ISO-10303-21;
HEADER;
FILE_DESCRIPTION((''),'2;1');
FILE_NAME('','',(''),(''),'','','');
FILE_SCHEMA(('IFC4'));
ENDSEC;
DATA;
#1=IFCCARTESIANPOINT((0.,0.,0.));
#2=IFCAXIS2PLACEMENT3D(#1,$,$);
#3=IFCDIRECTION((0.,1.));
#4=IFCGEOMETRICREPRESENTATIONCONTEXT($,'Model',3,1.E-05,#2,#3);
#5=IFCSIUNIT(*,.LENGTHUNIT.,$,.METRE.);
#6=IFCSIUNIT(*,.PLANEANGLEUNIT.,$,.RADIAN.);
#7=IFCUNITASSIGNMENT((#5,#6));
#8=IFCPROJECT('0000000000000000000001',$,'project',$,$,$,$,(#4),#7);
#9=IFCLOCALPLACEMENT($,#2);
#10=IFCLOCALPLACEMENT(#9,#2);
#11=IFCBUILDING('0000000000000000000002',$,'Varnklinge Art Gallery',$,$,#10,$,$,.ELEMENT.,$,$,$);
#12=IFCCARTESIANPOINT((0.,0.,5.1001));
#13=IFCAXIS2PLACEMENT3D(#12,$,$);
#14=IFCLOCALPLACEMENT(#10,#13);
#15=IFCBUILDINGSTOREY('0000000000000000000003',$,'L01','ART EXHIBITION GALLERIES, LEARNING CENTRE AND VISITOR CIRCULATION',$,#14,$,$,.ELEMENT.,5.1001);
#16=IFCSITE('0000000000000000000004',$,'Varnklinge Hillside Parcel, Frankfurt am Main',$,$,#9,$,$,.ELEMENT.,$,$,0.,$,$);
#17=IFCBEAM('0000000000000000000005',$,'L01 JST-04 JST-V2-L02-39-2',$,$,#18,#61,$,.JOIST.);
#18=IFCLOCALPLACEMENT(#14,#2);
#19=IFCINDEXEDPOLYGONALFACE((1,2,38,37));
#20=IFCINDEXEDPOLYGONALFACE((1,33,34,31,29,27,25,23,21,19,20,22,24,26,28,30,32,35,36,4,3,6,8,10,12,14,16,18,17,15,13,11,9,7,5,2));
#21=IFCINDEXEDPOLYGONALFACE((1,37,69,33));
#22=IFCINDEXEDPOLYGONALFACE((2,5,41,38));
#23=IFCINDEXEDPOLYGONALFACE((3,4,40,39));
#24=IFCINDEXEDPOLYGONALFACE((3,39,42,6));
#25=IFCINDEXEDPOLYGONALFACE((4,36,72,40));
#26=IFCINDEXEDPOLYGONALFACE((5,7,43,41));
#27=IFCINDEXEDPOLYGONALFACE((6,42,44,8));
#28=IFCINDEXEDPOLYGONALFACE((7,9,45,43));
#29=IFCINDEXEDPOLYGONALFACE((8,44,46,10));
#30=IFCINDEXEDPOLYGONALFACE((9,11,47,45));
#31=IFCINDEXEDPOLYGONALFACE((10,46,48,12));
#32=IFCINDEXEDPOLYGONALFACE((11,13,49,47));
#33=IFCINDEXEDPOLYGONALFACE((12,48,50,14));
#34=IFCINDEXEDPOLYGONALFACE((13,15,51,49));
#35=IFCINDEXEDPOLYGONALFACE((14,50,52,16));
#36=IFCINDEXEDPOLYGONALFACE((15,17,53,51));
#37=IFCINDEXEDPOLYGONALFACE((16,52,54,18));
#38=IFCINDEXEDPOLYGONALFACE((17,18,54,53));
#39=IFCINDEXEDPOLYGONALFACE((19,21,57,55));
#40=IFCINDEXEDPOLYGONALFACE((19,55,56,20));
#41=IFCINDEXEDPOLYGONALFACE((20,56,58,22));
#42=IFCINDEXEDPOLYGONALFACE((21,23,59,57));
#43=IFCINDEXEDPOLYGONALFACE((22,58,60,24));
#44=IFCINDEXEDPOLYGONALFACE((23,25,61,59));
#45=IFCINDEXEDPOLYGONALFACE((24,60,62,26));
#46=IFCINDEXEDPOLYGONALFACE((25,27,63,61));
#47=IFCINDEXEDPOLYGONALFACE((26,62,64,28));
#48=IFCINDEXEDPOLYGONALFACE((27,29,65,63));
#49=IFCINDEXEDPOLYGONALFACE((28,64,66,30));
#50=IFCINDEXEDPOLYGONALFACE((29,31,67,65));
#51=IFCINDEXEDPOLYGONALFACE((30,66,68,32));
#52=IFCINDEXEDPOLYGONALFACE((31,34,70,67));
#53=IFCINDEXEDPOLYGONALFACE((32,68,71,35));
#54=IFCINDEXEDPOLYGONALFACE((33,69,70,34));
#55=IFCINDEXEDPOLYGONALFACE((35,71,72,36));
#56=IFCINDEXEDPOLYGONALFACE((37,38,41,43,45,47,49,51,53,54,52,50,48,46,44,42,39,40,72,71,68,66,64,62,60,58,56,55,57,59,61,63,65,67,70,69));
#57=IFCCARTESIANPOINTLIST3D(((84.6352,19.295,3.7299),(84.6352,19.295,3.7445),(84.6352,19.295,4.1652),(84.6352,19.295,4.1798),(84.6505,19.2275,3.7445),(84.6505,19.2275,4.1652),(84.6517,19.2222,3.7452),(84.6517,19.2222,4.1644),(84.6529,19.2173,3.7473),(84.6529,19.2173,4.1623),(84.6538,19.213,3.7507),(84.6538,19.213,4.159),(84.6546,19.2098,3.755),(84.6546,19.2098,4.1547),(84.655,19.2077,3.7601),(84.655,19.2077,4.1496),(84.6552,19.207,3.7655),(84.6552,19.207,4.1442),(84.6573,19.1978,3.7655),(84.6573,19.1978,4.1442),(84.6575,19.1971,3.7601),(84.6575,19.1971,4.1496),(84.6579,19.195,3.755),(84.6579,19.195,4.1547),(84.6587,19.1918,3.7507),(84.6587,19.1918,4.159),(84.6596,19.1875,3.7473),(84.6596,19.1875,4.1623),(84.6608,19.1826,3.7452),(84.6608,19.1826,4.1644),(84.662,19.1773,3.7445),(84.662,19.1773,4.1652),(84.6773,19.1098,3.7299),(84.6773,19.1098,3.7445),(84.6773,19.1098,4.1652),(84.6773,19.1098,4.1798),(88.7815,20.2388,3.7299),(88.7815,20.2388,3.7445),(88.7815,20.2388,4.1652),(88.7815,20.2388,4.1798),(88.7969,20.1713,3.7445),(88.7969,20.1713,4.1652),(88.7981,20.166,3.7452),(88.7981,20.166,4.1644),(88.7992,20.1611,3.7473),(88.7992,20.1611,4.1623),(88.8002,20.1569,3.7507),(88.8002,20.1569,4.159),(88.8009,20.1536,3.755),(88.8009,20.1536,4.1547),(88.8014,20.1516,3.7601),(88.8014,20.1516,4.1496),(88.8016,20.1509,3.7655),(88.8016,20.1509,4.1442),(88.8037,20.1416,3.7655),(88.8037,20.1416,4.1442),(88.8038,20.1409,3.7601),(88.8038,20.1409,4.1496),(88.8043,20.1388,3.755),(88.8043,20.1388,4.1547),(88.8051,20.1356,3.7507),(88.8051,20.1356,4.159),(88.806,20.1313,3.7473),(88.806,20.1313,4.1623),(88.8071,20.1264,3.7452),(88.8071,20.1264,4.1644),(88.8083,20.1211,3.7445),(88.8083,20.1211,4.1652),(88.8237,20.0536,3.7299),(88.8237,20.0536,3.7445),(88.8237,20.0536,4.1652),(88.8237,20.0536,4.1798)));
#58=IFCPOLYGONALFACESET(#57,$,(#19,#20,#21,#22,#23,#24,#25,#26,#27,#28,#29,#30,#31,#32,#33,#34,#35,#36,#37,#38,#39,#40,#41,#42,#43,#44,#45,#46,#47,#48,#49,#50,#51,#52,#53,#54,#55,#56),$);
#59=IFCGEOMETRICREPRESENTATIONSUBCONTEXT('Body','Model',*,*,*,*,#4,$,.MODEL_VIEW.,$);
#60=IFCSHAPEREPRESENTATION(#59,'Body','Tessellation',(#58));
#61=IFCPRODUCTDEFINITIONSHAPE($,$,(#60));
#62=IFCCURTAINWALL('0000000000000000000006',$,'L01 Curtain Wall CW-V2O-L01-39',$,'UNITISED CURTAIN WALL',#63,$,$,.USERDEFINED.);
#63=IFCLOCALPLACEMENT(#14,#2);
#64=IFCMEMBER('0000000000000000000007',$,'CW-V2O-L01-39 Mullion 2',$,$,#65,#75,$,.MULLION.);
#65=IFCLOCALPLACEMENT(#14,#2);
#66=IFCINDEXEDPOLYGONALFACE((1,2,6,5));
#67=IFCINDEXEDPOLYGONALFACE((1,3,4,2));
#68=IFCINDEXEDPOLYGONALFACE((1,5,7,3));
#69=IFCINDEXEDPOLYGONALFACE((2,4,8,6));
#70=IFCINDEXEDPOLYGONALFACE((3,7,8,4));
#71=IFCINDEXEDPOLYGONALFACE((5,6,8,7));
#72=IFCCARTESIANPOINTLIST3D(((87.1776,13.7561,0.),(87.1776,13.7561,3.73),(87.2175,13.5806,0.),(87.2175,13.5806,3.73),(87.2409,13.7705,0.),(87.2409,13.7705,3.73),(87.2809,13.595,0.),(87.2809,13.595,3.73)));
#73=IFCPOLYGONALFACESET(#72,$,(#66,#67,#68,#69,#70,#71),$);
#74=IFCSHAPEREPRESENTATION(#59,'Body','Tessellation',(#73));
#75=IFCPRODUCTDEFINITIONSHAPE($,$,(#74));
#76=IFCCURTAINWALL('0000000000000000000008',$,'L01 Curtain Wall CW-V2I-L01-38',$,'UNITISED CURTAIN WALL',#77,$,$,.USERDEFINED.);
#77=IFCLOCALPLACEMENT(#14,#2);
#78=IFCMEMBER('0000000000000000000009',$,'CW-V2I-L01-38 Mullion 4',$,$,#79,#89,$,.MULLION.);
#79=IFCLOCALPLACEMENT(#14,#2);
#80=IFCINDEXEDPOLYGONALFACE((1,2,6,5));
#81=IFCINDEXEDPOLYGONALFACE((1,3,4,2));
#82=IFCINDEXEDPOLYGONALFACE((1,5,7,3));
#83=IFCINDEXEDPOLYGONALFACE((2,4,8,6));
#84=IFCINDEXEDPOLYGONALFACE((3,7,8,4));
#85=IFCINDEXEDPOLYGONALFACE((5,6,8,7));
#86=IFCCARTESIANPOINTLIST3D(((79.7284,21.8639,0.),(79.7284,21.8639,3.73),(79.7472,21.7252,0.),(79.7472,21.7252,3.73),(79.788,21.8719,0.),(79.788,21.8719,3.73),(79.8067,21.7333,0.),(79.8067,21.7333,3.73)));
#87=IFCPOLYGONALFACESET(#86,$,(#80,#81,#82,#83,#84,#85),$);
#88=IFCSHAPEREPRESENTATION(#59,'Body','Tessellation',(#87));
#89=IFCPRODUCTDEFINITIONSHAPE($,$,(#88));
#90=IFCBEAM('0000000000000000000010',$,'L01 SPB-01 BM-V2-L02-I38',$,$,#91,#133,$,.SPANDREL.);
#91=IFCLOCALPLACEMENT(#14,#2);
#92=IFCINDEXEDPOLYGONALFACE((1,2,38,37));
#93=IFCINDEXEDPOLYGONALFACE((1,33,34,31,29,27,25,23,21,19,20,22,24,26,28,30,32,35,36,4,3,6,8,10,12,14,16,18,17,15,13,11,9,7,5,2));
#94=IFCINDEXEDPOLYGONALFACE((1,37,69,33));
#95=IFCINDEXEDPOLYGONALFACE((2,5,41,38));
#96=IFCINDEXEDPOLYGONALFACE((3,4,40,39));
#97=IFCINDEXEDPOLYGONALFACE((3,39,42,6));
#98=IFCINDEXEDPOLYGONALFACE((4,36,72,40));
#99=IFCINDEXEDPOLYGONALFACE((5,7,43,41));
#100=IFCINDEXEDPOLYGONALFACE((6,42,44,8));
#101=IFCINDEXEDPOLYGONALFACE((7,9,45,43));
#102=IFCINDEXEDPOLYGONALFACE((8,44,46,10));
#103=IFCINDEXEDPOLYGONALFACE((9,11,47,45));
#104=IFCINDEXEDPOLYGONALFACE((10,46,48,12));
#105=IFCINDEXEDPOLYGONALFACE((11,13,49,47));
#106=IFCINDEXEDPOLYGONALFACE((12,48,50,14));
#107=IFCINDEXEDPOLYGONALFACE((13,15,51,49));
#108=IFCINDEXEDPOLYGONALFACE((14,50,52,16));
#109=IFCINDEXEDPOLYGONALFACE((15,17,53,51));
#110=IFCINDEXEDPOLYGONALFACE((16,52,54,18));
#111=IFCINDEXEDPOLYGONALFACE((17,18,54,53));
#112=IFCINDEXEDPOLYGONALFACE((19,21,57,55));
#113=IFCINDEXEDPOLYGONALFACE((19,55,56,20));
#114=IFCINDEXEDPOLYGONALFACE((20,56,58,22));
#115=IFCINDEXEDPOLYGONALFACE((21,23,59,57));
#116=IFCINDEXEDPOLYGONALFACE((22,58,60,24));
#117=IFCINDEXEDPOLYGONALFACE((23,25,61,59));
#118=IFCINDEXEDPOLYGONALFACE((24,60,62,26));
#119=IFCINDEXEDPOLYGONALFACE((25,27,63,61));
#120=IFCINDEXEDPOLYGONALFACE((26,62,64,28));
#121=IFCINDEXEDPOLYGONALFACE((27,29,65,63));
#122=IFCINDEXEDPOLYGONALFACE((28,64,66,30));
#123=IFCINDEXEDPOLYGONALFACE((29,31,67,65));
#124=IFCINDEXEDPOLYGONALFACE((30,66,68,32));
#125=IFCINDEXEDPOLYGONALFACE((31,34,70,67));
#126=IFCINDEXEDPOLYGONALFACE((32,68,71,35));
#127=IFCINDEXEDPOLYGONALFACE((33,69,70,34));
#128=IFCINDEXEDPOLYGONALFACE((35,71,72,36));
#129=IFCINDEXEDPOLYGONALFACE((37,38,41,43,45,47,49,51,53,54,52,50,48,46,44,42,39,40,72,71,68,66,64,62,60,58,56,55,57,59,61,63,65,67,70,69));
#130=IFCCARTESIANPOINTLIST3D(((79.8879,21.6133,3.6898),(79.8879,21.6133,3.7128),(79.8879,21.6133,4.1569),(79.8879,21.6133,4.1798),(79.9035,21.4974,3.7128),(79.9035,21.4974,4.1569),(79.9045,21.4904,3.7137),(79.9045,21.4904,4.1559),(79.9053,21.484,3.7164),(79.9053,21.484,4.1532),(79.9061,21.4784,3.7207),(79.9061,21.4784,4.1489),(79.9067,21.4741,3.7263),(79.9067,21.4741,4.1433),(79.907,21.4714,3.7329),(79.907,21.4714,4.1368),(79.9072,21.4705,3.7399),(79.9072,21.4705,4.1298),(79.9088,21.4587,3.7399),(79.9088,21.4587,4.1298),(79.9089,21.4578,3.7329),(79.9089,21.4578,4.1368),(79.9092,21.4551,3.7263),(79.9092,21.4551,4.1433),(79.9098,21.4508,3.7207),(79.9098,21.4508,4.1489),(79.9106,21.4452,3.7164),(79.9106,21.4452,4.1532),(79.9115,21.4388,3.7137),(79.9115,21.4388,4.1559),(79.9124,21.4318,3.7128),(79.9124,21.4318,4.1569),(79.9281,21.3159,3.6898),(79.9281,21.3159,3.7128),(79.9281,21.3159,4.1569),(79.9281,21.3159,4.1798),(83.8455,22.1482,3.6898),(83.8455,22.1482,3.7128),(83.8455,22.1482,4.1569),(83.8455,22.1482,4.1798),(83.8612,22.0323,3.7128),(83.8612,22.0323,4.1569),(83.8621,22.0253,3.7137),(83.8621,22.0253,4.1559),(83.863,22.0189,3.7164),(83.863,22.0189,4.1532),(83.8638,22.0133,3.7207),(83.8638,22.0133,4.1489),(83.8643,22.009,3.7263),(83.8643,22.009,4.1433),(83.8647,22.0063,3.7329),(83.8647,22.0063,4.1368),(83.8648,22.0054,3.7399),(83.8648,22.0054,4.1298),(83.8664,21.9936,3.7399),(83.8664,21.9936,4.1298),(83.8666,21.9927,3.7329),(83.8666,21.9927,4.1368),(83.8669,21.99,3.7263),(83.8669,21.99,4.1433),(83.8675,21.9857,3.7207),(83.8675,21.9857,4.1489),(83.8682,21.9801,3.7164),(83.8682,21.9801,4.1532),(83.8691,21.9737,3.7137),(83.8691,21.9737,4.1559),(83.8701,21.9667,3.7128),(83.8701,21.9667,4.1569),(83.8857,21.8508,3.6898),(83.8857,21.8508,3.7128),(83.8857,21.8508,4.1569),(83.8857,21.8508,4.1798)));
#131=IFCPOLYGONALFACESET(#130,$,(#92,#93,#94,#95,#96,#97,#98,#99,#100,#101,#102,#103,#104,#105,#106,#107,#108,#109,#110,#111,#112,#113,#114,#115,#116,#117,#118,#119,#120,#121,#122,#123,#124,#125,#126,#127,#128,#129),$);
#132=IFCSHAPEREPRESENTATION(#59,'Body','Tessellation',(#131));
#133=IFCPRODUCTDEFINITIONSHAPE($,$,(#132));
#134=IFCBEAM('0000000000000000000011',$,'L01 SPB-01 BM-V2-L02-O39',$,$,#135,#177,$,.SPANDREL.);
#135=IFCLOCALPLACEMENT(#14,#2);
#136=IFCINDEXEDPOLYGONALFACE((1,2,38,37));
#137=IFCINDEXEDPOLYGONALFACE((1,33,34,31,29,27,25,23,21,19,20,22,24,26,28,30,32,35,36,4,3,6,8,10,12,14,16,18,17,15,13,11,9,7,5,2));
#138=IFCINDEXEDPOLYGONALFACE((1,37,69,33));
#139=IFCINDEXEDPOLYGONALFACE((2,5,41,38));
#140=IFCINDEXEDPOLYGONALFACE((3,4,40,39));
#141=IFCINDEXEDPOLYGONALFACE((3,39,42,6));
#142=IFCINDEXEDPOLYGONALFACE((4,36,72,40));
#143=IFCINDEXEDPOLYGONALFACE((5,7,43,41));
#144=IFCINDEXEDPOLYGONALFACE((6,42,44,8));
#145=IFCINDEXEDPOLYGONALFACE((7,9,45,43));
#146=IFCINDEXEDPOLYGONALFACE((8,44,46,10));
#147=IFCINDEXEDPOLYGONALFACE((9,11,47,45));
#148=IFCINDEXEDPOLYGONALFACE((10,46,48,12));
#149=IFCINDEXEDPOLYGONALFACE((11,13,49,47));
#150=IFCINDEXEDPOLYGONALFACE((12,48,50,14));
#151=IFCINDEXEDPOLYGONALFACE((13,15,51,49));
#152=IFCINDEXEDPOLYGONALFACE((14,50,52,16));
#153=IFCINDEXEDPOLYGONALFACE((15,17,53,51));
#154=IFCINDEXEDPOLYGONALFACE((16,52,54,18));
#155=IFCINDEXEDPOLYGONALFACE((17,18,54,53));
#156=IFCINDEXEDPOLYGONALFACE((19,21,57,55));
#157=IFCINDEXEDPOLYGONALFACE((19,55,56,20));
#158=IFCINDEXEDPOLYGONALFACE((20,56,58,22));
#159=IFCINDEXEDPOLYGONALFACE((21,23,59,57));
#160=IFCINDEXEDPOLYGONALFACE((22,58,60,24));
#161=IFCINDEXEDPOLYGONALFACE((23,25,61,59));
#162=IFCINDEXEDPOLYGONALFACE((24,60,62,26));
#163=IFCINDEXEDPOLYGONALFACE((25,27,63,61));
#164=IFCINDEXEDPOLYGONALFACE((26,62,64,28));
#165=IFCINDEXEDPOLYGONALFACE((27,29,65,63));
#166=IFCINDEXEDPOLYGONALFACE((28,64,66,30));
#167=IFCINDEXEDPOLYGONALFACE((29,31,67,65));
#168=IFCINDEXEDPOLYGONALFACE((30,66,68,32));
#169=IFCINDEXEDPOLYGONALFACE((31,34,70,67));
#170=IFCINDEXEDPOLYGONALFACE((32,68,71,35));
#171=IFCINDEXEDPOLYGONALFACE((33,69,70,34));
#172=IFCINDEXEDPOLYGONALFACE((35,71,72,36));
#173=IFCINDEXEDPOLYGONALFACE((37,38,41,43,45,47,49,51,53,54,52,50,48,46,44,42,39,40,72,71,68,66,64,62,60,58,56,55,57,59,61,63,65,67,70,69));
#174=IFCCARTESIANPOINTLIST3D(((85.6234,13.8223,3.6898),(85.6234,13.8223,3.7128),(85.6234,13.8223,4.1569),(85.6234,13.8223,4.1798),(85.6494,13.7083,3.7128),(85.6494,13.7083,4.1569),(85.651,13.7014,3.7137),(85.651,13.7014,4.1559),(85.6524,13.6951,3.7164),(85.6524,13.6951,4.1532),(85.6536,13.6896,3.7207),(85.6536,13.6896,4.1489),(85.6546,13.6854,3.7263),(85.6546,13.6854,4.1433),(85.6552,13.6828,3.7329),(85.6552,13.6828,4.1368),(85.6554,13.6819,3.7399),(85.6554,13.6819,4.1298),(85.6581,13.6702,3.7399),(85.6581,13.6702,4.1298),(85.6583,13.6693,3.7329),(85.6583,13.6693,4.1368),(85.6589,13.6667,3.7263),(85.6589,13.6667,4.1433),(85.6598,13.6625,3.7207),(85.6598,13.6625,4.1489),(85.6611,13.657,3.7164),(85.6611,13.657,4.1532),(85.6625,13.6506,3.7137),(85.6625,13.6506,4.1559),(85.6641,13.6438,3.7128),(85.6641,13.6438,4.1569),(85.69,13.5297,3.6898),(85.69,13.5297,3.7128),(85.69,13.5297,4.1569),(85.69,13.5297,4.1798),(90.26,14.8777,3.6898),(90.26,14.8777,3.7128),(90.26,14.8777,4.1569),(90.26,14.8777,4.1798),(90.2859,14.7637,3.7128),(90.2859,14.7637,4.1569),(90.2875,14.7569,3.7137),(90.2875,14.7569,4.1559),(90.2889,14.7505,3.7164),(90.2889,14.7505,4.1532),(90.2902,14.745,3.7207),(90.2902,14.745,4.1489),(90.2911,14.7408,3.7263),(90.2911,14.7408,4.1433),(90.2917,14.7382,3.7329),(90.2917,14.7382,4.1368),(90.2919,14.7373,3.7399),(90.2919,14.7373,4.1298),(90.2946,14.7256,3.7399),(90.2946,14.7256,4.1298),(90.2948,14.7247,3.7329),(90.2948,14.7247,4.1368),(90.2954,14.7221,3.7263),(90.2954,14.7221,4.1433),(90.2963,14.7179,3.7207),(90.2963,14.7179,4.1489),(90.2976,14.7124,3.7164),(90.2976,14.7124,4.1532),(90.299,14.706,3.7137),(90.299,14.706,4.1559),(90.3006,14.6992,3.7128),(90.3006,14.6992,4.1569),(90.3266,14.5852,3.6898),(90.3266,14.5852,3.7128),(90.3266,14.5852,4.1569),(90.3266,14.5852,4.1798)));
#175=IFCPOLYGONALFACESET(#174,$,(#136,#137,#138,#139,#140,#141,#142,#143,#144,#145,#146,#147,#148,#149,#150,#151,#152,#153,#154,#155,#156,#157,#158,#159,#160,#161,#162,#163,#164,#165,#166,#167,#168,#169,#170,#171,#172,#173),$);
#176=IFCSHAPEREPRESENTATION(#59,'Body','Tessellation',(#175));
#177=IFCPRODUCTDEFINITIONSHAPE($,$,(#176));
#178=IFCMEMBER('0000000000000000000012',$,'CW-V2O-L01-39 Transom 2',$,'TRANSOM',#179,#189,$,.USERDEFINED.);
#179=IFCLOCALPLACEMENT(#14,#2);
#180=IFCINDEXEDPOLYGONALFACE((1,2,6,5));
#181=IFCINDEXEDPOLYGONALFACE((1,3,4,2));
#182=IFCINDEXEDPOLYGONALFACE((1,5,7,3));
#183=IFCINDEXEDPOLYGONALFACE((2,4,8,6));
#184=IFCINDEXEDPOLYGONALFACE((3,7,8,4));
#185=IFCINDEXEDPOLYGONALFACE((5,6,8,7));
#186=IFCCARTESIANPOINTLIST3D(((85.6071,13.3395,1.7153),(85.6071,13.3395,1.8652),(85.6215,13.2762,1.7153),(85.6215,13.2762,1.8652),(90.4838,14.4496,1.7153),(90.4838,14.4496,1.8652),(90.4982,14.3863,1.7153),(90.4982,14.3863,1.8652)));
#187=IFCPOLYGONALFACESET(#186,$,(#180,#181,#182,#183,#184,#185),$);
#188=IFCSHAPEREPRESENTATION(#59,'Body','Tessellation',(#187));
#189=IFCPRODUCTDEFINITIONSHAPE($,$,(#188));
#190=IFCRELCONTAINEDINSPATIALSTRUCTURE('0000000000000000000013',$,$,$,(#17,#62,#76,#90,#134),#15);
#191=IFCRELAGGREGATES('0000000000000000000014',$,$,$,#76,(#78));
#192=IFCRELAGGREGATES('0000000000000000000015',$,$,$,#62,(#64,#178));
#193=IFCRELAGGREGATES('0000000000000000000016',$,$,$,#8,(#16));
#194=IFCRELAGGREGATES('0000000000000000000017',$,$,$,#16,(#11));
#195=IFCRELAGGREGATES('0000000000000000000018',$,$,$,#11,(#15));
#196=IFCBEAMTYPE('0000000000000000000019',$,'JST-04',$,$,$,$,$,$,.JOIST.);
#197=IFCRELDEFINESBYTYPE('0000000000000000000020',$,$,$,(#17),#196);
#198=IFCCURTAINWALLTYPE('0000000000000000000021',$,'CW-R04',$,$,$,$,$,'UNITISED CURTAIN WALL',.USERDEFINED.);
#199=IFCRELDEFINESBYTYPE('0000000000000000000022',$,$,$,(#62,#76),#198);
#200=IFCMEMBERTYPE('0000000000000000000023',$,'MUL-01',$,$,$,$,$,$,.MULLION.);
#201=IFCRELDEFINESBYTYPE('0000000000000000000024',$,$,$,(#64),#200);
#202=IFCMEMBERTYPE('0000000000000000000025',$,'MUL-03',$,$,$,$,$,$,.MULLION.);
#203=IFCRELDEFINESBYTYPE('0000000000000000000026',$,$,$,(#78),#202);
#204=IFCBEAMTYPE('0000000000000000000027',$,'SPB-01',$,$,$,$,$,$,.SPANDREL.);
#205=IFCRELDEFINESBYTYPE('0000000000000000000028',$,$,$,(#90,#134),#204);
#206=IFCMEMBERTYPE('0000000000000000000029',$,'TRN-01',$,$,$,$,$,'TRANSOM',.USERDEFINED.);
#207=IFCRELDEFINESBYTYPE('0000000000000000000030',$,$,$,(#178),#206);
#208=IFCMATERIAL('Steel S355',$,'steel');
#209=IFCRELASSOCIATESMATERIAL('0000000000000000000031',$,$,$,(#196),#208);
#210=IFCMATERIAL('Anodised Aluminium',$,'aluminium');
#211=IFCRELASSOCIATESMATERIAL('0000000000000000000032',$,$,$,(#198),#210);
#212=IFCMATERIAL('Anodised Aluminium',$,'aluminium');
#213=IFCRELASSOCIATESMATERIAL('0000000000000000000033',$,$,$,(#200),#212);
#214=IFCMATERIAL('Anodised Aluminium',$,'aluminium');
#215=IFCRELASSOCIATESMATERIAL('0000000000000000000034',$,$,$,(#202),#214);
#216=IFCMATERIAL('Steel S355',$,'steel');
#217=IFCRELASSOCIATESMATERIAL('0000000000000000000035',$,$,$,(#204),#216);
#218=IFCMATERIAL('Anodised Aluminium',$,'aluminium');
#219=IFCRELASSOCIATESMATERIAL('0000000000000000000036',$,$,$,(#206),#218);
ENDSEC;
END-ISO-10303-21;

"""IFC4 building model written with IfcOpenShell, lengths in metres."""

from ifc_helpers import new_model, si_unit, direction, frame, origin, origin_2d, place, context, subcontext, project, spatial, rectangle, i_section, extrude, material, material_profile, profile_set, type_object, element, aggregate, save


model = new_model("IFC4")

# Units and contexts
model_context = context("Model", 3, precision=1e-05, world=origin(), true_north=direction((0.0, 1.0)))
body_context = subcontext(model_context, "Body", "Model", "MODEL_VIEW")
ifc_project = project(units=[si_unit("LENGTHUNIT", "METRE"), si_unit("PLANEANGLEUNIT", "RADIAN")], contexts=[model_context])

# Site, building, storey
site_placement = place(None, origin())
site = spatial("IfcSite", under=ifc_project, at=site_placement, Name="Varnklinge Hillside Parcel, Frankfurt am Main", CompositionType="ELEMENT", RefElevation=0.0)
building_placement = place(site_placement, origin())
building = spatial("IfcBuilding", under=site, at=building_placement, Name="Varnklinge Art Gallery", CompositionType="ELEMENT")
storey_placement = place(building_placement, frame((0.0, 0.0, 5.1001)))
storey = spatial("IfcBuildingStorey", under=building, at=storey_placement, Name="L01", Description="ART EXHIBITION GALLERIES, LEARNING CENTRE AND VISITOR CIRCULATION", CompositionType="ELEMENT", Elevation=5.1001)

# Beam
ifc_material_1 = material(Name="Steel S355", Category="steel")
ifc_material_profile_1 = material_profile(ifc_material_1, i_section(OverallWidth=0.1899, OverallDepth=0.45, WebThickness=0.0095, FlangeThickness=0.0146, FilletRadius=0.021, at=origin_2d()), Name="IPE 450")
ifc_profile_set_1 = profile_set([ifc_material_profile_1], Name="Steel S355")
beam_type_1 = type_object("IfcBeamType", Name="JST-04", PredefinedType="JOIST", material=ifc_profile_set_1)
beam_1_placement = place(storey_placement, frame((84.6562, 19.2024, 3.9548), z_axis=(0.975058, 0.221949, 0.0), x_axis=(-0.221949, 0.975058, 0.0)))
element("IfcBeam", 1, at=beam_1_placement, inside=storey, type_object=beam_type_1, Name="L01 JST-04 JST-V2-L02-39-2", PredefinedType="JOIST", context=body_context, shape_type="SweptSolid", body=[
    extrude(i_section(OverallWidth=0.1899, OverallDepth=0.45, WebThickness=0.0095, FlangeThickness=0.0146, FilletRadius=0.021, at=origin_2d()), origin(), (0.0, 0.0, 1.0), 4.2524),
])

# Curtain walls, members
ifc_material_2 = material(Name="Anodised Aluminium", Category="aluminium")
curtain_wall_type = type_object("IfcCurtainWallType", Name="CW-R04", ElementType="UNITISED CURTAIN WALL", PredefinedType="USERDEFINED", material=ifc_material_2)
curtain_wall_1_placement = place(storey_placement, origin())
curtain_wall_1 = element("IfcCurtainWall", 2, at=curtain_wall_1_placement, inside=storey, type_object=curtain_wall_type, Name="L01 Curtain Wall CW-V2O-L01-39", ObjectType="UNITISED CURTAIN WALL", PredefinedType="USERDEFINED")
ifc_material_3 = material(Name="Anodised Aluminium", Category="aluminium")
ifc_material_profile_2 = material_profile(ifc_material_3, rectangle(XDim=0.0649, YDim=0.1799, at=origin_2d()), Name="ALU 65x180")
ifc_profile_set_2 = profile_set([ifc_material_profile_2], Name="Anodised Aluminium")
member_type_1 = type_object("IfcMemberType", Name="MUL-01", PredefinedType="MULLION", material=ifc_profile_set_2)
member_1_placement = place(storey_placement, frame((87.2292, 13.6755, 0.0), z_axis=(0.0, 0.0, 1.0), x_axis=(0.975072, 0.221889, 0.0)))
member_1 = element("IfcMember", 3, at=member_1_placement, type_object=member_type_1, Name="CW-V2O-L01-39 Mullion 2", PredefinedType="MULLION", context=body_context, shape_type="SweptSolid", body=[
    extrude(rectangle(XDim=0.0649, YDim=0.1799, at=origin_2d()), origin(), (0.0, 0.0, 1.0), 3.73),
])
curtain_wall_2_placement = place(storey_placement, origin())
curtain_wall_2 = element("IfcCurtainWall", 4, at=curtain_wall_2_placement, inside=storey, type_object=curtain_wall_type, Name="L01 Curtain Wall CW-V2I-L01-38", ObjectType="UNITISED CURTAIN WALL", PredefinedType="USERDEFINED")
ifc_material_4 = material(Name="Anodised Aluminium", Category="aluminium")
ifc_material_profile_3 = material_profile(ifc_material_4, rectangle(XDim=0.0601, YDim=0.1399, at=origin_2d()), Name="ALU 60x140")
ifc_profile_set_3 = profile_set([ifc_material_profile_3], Name="Anodised Aluminium")
member_type_2 = type_object("IfcMemberType", Name="MUL-03", PredefinedType="MULLION", material=ifc_profile_set_3)
member_2_placement = place(storey_placement, frame((79.7676, 21.7986, 0.0), z_axis=(0.0, 0.0, 1.0), x_axis=(-0.990983, -0.133986, 0.0)))
member_2 = element("IfcMember", 5, at=member_2_placement, type_object=member_type_2, Name="CW-V2I-L01-38 Mullion 4", PredefinedType="MULLION", context=body_context, shape_type="SweptSolid", body=[
    extrude(rectangle(XDim=0.0601, YDim=0.1399, at=origin_2d()), origin(), (0.0, 0.0, 1.0), 3.73),
])

# Beams
ifc_material_5 = material(Name="Steel S355", Category="steel")
ifc_material_profile_4 = material_profile(ifc_material_5, i_section(OverallWidth=0.3, OverallDepth=0.49, WebThickness=0.012, FlangeThickness=0.0229, FilletRadius=0.0271, at=origin_2d()), Name="HEA 500")
ifc_profile_set_4 = profile_set([ifc_material_profile_4], Name="Steel S355")
beam_type_2 = type_object("IfcBeamType", Name="SPB-01", PredefinedType="SPANDREL", material=ifc_profile_set_4)
beam_2_placement = place(storey_placement, frame((79.908, 21.4646, 3.9348), z_axis=(0.99099, 0.133937, 0.0), x_axis=(-0.133937, 0.99099, 0.0)))
element("IfcBeam", 6, at=beam_2_placement, inside=storey, type_object=beam_type_2, Name="L01 SPB-01 BM-V2-L02-I38", PredefinedType="SPANDREL", context=body_context, shape_type="SweptSolid", body=[
    extrude(i_section(OverallWidth=0.3, OverallDepth=0.49, WebThickness=0.012, FlangeThickness=0.0229, FilletRadius=0.0271, at=origin_2d()), origin(), (0.0, 0.0, 1.0), 3.9937),
])
beam_3_placement = place(storey_placement, frame((85.6567, 13.676, 3.9348), z_axis=(0.975057, 0.221956, 0.0), x_axis=(-0.221956, 0.975057, 0.0)))
element("IfcBeam", 7, at=beam_3_placement, inside=storey, type_object=beam_type_2, Name="L01 SPB-01 BM-V2-L02-O39", PredefinedType="SPANDREL", context=body_context, shape_type="SweptSolid", body=[
    extrude(i_section(OverallWidth=0.3, OverallDepth=0.49, WebThickness=0.012, FlangeThickness=0.0229, FilletRadius=0.0271, at=origin_2d()), origin(), (0.0, 0.0, 1.0), 4.7551),
])

# Member
ifc_material_6 = material(Name="Anodised Aluminium", Category="aluminium")
ifc_material_profile_5 = material_profile(ifc_material_6, rectangle(XDim=0.0649, YDim=0.1499, at=origin_2d()), Name="ALU 65x150")
ifc_profile_set_5 = profile_set([ifc_material_profile_5], Name="Anodised Aluminium")
member_type_3 = type_object("IfcMemberType", Name="TRN-01", ElementType="TRANSOM", PredefinedType="USERDEFINED", material=ifc_profile_set_5)
member_3_placement = place(storey_placement, frame((85.6143, 13.3079, 1.7903), z_axis=(0.975057, 0.221957, 0.0), x_axis=(-0.221957, 0.975057, 0.0)))
member_3 = element("IfcMember", 8, at=member_3_placement, type_object=member_type_3, Name="CW-V2O-L01-39 Transom 2", ObjectType="TRANSOM", PredefinedType="USERDEFINED", context=body_context, shape_type="SweptSolid", body=[
    extrude(rectangle(XDim=0.0649, YDim=0.1499, at=origin_2d()), origin(), (0.0, 0.0, 1.0), 5.0015),
])

aggregate(curtain_wall_2, [member_2])
aggregate(curtain_wall_1, [member_1, member_3])

save(model, "model.ifc")
